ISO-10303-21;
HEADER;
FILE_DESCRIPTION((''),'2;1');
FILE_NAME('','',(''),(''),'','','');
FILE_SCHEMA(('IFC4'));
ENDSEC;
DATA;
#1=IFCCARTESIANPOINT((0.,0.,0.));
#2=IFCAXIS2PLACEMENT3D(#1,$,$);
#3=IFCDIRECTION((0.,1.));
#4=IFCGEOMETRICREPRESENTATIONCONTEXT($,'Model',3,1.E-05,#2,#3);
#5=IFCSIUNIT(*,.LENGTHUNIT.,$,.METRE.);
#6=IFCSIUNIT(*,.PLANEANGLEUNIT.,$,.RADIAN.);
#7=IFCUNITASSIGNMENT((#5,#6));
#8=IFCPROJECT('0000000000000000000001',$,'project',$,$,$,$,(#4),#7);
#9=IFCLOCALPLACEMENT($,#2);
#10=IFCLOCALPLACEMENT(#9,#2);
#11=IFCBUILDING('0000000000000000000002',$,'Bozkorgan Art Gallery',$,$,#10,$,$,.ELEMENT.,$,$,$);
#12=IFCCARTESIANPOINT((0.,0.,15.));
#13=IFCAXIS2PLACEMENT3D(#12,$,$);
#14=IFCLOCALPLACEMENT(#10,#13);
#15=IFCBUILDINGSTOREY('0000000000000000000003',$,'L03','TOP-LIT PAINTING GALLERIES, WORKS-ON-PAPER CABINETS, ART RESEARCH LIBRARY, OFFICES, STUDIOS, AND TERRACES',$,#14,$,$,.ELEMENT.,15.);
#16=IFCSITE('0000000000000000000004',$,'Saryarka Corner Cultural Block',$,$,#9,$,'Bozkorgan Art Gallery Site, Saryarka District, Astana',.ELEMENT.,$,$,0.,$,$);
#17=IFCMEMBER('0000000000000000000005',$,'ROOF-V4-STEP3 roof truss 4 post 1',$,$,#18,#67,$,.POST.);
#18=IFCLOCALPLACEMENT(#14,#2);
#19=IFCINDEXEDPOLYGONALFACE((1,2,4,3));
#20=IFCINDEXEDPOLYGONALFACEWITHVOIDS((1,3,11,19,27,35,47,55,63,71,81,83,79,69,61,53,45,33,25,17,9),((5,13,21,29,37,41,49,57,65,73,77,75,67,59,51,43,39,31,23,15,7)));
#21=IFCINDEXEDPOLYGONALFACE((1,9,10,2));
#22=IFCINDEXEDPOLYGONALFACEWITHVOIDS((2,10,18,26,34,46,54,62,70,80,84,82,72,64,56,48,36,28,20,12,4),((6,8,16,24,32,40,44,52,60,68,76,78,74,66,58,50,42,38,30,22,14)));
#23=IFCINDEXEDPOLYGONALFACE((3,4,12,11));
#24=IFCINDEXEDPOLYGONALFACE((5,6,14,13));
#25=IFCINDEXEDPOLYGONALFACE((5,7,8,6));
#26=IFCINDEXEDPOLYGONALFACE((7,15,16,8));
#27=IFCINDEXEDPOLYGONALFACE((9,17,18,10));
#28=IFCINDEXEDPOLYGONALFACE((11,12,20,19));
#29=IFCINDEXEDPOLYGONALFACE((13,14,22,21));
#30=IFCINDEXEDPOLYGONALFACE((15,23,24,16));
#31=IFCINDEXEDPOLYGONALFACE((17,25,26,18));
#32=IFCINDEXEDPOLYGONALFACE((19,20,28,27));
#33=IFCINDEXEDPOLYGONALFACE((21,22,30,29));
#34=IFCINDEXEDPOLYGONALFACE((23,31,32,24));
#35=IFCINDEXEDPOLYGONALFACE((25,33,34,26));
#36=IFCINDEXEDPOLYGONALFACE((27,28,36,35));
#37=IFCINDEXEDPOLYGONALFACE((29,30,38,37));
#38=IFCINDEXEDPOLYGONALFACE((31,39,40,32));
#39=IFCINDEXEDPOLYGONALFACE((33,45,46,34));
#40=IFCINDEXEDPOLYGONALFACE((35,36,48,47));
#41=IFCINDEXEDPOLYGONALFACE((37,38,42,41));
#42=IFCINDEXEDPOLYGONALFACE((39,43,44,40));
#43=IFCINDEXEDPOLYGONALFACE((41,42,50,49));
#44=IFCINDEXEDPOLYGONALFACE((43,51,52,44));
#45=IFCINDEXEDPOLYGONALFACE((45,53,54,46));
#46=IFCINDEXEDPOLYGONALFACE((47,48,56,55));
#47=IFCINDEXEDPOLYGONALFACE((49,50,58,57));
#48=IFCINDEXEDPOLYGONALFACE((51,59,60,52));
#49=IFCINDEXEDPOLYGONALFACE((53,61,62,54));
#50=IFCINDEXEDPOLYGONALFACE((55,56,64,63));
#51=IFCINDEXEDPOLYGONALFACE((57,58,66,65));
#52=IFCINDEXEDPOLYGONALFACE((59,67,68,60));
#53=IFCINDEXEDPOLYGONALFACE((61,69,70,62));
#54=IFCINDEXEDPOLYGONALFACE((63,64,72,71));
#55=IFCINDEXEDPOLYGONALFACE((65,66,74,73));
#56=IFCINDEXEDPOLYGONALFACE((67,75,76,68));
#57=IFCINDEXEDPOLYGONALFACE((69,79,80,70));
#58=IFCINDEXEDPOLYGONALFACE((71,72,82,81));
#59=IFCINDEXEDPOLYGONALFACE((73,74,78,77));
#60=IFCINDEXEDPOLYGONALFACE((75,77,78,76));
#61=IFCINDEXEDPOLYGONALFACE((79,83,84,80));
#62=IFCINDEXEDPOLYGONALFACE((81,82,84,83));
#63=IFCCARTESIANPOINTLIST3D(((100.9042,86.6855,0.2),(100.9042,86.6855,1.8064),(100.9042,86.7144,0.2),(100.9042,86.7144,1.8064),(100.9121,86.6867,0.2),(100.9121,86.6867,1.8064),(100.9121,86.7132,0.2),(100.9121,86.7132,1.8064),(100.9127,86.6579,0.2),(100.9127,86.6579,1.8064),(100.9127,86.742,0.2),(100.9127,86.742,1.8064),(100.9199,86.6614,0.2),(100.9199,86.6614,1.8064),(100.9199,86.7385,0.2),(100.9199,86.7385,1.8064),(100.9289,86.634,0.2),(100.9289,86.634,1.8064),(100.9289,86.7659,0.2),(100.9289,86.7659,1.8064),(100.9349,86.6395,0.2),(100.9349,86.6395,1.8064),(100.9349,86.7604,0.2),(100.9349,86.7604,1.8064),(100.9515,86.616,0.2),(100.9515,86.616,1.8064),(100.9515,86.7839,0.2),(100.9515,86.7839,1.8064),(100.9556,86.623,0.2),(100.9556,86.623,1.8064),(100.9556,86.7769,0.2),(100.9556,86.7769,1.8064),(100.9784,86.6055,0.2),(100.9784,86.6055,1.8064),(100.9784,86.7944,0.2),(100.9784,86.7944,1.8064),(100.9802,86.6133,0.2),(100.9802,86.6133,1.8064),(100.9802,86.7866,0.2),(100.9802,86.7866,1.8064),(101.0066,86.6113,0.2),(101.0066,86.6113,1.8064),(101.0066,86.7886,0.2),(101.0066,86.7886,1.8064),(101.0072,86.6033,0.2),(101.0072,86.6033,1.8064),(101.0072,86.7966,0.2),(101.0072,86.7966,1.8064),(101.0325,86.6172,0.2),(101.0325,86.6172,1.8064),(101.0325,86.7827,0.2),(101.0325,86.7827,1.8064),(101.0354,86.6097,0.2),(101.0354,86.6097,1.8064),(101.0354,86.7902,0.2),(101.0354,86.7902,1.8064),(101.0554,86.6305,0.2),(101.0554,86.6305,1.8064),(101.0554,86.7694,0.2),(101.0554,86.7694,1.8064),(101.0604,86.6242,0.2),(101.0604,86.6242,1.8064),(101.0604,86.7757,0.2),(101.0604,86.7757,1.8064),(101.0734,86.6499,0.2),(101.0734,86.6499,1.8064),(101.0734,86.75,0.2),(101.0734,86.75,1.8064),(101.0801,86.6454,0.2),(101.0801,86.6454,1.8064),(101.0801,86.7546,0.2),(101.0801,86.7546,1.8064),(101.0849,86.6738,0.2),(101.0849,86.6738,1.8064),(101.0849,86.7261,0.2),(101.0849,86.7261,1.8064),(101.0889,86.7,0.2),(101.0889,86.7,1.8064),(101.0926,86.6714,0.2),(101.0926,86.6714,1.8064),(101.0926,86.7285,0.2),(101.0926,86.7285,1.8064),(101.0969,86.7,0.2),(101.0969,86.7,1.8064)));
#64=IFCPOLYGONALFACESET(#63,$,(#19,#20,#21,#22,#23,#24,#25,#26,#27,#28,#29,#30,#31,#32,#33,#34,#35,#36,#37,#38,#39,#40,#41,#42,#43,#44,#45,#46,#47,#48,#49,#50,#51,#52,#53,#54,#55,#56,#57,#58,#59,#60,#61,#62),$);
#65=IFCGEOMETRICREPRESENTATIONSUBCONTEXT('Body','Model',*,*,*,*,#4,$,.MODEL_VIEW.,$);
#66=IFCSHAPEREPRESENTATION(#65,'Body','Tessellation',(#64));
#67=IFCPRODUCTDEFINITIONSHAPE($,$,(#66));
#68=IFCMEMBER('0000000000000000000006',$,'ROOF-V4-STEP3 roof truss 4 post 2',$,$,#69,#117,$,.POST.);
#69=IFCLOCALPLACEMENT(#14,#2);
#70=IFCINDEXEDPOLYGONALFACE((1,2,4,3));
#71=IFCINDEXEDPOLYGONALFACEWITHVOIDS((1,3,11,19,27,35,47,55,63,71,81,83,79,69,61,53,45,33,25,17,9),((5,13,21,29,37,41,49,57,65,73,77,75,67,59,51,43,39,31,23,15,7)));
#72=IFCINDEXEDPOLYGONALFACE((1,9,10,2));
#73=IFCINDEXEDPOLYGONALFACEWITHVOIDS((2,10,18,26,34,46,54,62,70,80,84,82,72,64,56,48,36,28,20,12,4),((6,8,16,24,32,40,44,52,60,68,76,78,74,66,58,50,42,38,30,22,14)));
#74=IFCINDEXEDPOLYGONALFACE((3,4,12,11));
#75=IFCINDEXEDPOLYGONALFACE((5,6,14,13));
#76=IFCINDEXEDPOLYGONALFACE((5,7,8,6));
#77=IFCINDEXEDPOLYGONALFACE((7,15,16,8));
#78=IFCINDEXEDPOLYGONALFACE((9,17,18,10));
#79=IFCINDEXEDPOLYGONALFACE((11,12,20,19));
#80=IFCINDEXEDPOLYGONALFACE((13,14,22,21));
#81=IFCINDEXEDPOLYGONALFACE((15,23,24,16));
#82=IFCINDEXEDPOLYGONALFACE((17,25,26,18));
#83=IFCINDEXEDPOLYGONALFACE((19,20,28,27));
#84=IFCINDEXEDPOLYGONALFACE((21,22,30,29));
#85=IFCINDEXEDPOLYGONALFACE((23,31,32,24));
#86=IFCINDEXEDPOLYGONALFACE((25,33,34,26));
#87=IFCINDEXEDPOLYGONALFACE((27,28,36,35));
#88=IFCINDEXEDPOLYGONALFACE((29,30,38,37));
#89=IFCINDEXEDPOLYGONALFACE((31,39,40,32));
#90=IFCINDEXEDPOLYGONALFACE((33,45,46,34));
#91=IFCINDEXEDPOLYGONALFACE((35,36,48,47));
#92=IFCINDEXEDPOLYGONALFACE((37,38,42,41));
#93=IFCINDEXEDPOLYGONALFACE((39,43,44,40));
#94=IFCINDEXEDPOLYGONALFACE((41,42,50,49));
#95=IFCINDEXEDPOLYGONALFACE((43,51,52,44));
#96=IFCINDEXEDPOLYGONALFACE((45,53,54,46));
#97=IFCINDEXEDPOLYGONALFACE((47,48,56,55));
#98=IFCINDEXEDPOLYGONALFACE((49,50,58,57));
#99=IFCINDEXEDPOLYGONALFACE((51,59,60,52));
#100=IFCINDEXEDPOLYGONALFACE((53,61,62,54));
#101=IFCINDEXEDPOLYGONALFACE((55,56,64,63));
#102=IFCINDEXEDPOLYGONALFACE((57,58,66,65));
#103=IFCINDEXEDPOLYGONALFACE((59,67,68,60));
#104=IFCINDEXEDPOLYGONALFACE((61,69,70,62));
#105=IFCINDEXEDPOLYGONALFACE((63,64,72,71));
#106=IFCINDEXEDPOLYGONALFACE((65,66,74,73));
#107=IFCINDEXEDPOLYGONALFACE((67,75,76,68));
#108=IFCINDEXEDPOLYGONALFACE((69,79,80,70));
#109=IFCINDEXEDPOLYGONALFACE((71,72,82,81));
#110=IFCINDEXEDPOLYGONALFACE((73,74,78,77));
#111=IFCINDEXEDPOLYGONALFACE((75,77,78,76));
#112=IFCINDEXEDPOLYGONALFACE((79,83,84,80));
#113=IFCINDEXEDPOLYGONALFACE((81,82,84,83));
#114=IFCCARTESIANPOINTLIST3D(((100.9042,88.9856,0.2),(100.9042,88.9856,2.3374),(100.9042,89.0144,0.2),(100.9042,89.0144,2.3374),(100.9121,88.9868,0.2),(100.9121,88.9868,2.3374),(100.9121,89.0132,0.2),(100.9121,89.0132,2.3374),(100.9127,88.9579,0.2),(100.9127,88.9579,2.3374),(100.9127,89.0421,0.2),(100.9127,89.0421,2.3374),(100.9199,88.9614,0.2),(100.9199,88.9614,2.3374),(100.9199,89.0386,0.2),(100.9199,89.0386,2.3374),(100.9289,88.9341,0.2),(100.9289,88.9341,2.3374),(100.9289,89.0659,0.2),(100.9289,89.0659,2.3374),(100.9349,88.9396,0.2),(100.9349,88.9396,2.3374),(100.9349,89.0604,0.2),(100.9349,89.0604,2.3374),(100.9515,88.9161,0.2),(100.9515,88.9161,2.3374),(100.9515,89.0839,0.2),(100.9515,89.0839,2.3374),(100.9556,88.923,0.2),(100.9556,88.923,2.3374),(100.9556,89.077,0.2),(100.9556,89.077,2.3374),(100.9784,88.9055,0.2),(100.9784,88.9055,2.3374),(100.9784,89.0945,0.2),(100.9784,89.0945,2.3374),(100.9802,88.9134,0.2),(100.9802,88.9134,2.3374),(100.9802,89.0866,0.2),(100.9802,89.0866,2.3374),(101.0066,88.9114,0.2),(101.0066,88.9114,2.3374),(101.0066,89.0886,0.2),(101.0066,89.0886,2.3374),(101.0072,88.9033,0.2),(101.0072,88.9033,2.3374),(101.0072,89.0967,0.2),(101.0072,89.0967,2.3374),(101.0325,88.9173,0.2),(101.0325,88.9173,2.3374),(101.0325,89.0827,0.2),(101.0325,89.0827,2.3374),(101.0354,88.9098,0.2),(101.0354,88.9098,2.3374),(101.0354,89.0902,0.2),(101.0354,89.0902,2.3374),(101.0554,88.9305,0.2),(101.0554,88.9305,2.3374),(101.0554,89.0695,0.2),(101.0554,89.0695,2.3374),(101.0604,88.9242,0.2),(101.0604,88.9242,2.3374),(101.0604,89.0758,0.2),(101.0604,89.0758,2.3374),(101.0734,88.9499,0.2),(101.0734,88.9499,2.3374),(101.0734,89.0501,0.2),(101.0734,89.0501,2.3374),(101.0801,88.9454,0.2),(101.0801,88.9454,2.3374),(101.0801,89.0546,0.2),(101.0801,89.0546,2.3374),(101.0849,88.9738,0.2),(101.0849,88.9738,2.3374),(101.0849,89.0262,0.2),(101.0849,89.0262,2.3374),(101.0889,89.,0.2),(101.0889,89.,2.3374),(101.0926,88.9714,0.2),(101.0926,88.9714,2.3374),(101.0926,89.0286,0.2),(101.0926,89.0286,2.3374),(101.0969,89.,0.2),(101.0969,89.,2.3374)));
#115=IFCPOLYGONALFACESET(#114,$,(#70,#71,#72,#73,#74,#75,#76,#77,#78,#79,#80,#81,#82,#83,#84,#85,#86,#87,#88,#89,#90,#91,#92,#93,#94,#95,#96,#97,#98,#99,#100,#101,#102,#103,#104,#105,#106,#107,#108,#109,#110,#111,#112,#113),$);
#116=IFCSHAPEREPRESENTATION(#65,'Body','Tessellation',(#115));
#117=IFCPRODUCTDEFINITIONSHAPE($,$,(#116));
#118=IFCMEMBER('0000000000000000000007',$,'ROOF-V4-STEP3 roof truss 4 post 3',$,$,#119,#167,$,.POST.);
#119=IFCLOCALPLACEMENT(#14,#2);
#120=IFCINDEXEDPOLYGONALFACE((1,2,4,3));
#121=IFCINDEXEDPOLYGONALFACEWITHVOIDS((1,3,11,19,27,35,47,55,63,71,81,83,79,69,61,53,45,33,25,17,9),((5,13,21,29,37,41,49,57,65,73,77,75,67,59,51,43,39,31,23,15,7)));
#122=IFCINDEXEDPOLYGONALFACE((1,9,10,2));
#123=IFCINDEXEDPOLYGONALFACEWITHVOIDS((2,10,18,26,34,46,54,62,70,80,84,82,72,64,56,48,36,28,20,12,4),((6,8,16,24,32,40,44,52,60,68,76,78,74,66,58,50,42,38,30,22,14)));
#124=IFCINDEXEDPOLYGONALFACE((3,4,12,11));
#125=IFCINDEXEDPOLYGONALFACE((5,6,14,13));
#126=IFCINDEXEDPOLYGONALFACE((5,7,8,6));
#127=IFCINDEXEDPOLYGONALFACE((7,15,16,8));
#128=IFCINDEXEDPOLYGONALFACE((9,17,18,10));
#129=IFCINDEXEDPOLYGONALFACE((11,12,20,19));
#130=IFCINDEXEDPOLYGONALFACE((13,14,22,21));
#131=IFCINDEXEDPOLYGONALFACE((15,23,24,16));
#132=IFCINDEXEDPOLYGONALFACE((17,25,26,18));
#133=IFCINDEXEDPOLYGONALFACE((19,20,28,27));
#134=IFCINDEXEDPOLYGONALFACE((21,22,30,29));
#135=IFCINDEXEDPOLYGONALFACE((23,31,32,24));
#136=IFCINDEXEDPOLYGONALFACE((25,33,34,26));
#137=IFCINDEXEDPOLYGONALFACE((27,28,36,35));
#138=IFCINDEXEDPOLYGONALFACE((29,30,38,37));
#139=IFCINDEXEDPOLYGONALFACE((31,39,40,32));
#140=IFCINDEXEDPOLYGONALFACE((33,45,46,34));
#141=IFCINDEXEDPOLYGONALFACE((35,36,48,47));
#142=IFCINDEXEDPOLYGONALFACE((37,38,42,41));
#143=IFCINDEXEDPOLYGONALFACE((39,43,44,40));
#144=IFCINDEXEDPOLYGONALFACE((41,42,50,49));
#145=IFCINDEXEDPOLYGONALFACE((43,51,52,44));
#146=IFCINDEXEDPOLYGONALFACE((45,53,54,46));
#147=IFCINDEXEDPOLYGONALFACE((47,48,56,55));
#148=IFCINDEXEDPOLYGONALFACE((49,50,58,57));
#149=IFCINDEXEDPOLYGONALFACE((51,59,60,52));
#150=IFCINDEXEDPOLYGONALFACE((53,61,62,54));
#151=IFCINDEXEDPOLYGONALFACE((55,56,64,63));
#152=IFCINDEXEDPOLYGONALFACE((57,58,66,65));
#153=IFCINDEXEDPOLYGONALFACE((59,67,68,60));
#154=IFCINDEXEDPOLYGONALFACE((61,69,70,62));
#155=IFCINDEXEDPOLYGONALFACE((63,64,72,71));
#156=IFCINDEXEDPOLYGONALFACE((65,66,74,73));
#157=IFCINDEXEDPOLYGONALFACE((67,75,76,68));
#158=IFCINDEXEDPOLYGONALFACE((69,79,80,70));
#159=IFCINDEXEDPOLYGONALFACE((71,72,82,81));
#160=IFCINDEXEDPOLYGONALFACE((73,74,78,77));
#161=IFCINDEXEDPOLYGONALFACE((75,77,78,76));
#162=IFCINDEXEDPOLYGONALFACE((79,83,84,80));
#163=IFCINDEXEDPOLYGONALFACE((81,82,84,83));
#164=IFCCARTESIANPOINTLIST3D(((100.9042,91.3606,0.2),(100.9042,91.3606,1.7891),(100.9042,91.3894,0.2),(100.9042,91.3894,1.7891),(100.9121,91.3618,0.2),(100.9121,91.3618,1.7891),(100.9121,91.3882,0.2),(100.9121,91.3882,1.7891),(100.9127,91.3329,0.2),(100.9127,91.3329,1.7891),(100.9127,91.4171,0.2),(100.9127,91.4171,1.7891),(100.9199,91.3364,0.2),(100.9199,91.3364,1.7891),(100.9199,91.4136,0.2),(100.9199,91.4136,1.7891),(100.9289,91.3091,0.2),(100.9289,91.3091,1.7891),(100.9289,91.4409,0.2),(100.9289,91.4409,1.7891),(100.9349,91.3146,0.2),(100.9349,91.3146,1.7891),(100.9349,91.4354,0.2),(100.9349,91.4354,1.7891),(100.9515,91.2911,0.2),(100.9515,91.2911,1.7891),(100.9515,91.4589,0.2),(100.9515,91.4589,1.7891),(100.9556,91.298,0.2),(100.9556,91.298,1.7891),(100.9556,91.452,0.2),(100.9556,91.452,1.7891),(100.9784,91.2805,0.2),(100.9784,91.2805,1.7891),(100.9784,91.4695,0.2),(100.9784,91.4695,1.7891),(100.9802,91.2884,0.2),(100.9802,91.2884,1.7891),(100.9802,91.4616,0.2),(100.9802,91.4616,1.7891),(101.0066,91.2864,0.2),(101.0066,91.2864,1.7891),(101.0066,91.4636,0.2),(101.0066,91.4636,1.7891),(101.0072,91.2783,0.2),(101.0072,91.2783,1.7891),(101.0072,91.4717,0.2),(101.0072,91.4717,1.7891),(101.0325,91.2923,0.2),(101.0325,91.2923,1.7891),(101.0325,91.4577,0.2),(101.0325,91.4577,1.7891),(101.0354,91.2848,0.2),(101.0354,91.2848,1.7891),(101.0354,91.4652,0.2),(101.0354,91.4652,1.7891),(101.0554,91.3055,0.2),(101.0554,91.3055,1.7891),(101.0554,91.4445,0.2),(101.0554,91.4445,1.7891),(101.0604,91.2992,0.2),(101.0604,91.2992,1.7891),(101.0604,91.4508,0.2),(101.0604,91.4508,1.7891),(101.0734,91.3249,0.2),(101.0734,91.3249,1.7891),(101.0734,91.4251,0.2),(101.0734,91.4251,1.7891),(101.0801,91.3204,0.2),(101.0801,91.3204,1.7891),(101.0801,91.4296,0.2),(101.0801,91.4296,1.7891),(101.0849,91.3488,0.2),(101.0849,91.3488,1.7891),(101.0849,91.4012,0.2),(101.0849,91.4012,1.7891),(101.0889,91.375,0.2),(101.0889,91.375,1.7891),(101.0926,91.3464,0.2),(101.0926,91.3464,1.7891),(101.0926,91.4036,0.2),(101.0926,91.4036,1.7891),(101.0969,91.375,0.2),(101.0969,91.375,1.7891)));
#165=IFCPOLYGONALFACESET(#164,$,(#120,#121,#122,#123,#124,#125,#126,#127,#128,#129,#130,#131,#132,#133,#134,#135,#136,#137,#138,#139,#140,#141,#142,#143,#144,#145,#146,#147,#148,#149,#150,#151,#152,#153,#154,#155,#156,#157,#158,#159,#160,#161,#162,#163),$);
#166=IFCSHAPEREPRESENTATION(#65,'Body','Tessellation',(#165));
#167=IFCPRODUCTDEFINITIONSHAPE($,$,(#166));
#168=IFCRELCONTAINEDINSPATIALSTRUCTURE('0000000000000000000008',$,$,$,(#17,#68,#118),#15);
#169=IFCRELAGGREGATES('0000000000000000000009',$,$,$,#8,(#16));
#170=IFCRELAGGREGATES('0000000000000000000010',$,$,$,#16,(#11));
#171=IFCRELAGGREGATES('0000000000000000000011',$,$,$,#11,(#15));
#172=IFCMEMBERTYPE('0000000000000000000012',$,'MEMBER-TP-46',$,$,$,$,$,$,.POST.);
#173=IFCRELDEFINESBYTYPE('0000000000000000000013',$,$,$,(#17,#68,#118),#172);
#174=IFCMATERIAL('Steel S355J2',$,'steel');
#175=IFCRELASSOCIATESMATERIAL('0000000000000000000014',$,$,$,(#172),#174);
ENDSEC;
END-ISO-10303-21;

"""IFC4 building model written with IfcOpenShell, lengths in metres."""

from ifc_helpers import new_model, si_unit, direction, frame, origin, origin_2d, place, context, subcontext, project, spatial, hollow_circle, extrude, material, material_profile, profile_set, type_object, element, save


model = new_model("IFC4")

# Units and contexts
model_context = context("Model", 3, precision=1e-05, world=origin(), true_north=direction((0.0, 1.0)))
body_context = subcontext(model_context, "Body", "Model", "MODEL_VIEW")
ifc_project = project(units=[si_unit("LENGTHUNIT", "METRE"), si_unit("PLANEANGLEUNIT", "RADIAN")], contexts=[model_context])

# Site, building, storey
site_placement = place(None, origin())
site = spatial("IfcSite", under=ifc_project, at=site_placement, Name="Saryarka Corner Cultural Block", LongName="Bozkorgan Art Gallery Site, Saryarka District, Astana", CompositionType="ELEMENT", RefElevation=0.0)
building_placement = place(site_placement, origin())
building = spatial("IfcBuilding", under=site, at=building_placement, Name="Bozkorgan Art Gallery", CompositionType="ELEMENT")
storey_placement = place(building_placement, frame((0.0, 0.0, 15.0)))
storey = spatial("IfcBuildingStorey", under=building, at=storey_placement, Name="L03", Description="TOP-LIT PAINTING GALLERIES, WORKS-ON-PAPER CABINETS, ART RESEARCH LIBRARY, OFFICES, STUDIOS, AND TERRACES", CompositionType="ELEMENT", Elevation=15.0)

# Shared definitions
ifc_material_1 = material(Name="Steel S355J2", Category="steel")

# Members
ifc_material_profile_1 = material_profile(ifc_material_1, hollow_circle(Radius=0.0969, WallThickness=0.0081, at=origin_2d()), Name="CHS 193.7x8")
ifc_profile_set_1 = profile_set([ifc_material_profile_1], Name="Steel S355J2")
member_type_1 = type_object("IfcMemberType", Name="MEMBER-TP-46", PredefinedType="POST", material=ifc_profile_set_1)
member_1_placement = place(storey_placement, frame((101.0, 86.7, 0.2), z_axis=(0.0, 0.0, 1.0), x_axis=(1.0, 0.0, 0.0)))
element("IfcMember", 1, at=member_1_placement, inside=storey, type_object=member_type_1, Name="ROOF-V4-STEP3 roof truss 4 post 1", PredefinedType="POST", context=body_context, shape_type="SweptSolid", body=[
    extrude(hollow_circle(Radius=0.0969, WallThickness=0.0081, at=origin_2d()), origin(), (0.0, 0.0, 1.0), 1.6064),
])
member_2_placement = place(storey_placement, frame((101.0, 89.0, 0.2), z_axis=(0.0, 0.0, 1.0), x_axis=(1.0, 0.0, 0.0)))
element("IfcMember", 2, at=member_2_placement, inside=storey, type_object=member_type_1, Name="ROOF-V4-STEP3 roof truss 4 post 2", PredefinedType="POST", context=body_context, shape_type="SweptSolid", body=[
    extrude(hollow_circle(Radius=0.0969, WallThickness=0.0081, at=origin_2d()), origin(), (0.0, 0.0, 1.0), 2.1375),
])
member_3_placement = place(storey_placement, frame((101.0, 91.375, 0.2), z_axis=(0.0, 0.0, 1.0), x_axis=(1.0, 0.0, 0.0)))
element("IfcMember", 3, at=member_3_placement, inside=storey, type_object=member_type_1, Name="ROOF-V4-STEP3 roof truss 4 post 3", PredefinedType="POST", context=body_context, shape_type="SweptSolid", body=[
    extrude(hollow_circle(Radius=0.0969, WallThickness=0.0081, at=origin_2d()), origin(), (0.0, 0.0, 1.0), 1.5891),
])

save(model, "model.ifc")
